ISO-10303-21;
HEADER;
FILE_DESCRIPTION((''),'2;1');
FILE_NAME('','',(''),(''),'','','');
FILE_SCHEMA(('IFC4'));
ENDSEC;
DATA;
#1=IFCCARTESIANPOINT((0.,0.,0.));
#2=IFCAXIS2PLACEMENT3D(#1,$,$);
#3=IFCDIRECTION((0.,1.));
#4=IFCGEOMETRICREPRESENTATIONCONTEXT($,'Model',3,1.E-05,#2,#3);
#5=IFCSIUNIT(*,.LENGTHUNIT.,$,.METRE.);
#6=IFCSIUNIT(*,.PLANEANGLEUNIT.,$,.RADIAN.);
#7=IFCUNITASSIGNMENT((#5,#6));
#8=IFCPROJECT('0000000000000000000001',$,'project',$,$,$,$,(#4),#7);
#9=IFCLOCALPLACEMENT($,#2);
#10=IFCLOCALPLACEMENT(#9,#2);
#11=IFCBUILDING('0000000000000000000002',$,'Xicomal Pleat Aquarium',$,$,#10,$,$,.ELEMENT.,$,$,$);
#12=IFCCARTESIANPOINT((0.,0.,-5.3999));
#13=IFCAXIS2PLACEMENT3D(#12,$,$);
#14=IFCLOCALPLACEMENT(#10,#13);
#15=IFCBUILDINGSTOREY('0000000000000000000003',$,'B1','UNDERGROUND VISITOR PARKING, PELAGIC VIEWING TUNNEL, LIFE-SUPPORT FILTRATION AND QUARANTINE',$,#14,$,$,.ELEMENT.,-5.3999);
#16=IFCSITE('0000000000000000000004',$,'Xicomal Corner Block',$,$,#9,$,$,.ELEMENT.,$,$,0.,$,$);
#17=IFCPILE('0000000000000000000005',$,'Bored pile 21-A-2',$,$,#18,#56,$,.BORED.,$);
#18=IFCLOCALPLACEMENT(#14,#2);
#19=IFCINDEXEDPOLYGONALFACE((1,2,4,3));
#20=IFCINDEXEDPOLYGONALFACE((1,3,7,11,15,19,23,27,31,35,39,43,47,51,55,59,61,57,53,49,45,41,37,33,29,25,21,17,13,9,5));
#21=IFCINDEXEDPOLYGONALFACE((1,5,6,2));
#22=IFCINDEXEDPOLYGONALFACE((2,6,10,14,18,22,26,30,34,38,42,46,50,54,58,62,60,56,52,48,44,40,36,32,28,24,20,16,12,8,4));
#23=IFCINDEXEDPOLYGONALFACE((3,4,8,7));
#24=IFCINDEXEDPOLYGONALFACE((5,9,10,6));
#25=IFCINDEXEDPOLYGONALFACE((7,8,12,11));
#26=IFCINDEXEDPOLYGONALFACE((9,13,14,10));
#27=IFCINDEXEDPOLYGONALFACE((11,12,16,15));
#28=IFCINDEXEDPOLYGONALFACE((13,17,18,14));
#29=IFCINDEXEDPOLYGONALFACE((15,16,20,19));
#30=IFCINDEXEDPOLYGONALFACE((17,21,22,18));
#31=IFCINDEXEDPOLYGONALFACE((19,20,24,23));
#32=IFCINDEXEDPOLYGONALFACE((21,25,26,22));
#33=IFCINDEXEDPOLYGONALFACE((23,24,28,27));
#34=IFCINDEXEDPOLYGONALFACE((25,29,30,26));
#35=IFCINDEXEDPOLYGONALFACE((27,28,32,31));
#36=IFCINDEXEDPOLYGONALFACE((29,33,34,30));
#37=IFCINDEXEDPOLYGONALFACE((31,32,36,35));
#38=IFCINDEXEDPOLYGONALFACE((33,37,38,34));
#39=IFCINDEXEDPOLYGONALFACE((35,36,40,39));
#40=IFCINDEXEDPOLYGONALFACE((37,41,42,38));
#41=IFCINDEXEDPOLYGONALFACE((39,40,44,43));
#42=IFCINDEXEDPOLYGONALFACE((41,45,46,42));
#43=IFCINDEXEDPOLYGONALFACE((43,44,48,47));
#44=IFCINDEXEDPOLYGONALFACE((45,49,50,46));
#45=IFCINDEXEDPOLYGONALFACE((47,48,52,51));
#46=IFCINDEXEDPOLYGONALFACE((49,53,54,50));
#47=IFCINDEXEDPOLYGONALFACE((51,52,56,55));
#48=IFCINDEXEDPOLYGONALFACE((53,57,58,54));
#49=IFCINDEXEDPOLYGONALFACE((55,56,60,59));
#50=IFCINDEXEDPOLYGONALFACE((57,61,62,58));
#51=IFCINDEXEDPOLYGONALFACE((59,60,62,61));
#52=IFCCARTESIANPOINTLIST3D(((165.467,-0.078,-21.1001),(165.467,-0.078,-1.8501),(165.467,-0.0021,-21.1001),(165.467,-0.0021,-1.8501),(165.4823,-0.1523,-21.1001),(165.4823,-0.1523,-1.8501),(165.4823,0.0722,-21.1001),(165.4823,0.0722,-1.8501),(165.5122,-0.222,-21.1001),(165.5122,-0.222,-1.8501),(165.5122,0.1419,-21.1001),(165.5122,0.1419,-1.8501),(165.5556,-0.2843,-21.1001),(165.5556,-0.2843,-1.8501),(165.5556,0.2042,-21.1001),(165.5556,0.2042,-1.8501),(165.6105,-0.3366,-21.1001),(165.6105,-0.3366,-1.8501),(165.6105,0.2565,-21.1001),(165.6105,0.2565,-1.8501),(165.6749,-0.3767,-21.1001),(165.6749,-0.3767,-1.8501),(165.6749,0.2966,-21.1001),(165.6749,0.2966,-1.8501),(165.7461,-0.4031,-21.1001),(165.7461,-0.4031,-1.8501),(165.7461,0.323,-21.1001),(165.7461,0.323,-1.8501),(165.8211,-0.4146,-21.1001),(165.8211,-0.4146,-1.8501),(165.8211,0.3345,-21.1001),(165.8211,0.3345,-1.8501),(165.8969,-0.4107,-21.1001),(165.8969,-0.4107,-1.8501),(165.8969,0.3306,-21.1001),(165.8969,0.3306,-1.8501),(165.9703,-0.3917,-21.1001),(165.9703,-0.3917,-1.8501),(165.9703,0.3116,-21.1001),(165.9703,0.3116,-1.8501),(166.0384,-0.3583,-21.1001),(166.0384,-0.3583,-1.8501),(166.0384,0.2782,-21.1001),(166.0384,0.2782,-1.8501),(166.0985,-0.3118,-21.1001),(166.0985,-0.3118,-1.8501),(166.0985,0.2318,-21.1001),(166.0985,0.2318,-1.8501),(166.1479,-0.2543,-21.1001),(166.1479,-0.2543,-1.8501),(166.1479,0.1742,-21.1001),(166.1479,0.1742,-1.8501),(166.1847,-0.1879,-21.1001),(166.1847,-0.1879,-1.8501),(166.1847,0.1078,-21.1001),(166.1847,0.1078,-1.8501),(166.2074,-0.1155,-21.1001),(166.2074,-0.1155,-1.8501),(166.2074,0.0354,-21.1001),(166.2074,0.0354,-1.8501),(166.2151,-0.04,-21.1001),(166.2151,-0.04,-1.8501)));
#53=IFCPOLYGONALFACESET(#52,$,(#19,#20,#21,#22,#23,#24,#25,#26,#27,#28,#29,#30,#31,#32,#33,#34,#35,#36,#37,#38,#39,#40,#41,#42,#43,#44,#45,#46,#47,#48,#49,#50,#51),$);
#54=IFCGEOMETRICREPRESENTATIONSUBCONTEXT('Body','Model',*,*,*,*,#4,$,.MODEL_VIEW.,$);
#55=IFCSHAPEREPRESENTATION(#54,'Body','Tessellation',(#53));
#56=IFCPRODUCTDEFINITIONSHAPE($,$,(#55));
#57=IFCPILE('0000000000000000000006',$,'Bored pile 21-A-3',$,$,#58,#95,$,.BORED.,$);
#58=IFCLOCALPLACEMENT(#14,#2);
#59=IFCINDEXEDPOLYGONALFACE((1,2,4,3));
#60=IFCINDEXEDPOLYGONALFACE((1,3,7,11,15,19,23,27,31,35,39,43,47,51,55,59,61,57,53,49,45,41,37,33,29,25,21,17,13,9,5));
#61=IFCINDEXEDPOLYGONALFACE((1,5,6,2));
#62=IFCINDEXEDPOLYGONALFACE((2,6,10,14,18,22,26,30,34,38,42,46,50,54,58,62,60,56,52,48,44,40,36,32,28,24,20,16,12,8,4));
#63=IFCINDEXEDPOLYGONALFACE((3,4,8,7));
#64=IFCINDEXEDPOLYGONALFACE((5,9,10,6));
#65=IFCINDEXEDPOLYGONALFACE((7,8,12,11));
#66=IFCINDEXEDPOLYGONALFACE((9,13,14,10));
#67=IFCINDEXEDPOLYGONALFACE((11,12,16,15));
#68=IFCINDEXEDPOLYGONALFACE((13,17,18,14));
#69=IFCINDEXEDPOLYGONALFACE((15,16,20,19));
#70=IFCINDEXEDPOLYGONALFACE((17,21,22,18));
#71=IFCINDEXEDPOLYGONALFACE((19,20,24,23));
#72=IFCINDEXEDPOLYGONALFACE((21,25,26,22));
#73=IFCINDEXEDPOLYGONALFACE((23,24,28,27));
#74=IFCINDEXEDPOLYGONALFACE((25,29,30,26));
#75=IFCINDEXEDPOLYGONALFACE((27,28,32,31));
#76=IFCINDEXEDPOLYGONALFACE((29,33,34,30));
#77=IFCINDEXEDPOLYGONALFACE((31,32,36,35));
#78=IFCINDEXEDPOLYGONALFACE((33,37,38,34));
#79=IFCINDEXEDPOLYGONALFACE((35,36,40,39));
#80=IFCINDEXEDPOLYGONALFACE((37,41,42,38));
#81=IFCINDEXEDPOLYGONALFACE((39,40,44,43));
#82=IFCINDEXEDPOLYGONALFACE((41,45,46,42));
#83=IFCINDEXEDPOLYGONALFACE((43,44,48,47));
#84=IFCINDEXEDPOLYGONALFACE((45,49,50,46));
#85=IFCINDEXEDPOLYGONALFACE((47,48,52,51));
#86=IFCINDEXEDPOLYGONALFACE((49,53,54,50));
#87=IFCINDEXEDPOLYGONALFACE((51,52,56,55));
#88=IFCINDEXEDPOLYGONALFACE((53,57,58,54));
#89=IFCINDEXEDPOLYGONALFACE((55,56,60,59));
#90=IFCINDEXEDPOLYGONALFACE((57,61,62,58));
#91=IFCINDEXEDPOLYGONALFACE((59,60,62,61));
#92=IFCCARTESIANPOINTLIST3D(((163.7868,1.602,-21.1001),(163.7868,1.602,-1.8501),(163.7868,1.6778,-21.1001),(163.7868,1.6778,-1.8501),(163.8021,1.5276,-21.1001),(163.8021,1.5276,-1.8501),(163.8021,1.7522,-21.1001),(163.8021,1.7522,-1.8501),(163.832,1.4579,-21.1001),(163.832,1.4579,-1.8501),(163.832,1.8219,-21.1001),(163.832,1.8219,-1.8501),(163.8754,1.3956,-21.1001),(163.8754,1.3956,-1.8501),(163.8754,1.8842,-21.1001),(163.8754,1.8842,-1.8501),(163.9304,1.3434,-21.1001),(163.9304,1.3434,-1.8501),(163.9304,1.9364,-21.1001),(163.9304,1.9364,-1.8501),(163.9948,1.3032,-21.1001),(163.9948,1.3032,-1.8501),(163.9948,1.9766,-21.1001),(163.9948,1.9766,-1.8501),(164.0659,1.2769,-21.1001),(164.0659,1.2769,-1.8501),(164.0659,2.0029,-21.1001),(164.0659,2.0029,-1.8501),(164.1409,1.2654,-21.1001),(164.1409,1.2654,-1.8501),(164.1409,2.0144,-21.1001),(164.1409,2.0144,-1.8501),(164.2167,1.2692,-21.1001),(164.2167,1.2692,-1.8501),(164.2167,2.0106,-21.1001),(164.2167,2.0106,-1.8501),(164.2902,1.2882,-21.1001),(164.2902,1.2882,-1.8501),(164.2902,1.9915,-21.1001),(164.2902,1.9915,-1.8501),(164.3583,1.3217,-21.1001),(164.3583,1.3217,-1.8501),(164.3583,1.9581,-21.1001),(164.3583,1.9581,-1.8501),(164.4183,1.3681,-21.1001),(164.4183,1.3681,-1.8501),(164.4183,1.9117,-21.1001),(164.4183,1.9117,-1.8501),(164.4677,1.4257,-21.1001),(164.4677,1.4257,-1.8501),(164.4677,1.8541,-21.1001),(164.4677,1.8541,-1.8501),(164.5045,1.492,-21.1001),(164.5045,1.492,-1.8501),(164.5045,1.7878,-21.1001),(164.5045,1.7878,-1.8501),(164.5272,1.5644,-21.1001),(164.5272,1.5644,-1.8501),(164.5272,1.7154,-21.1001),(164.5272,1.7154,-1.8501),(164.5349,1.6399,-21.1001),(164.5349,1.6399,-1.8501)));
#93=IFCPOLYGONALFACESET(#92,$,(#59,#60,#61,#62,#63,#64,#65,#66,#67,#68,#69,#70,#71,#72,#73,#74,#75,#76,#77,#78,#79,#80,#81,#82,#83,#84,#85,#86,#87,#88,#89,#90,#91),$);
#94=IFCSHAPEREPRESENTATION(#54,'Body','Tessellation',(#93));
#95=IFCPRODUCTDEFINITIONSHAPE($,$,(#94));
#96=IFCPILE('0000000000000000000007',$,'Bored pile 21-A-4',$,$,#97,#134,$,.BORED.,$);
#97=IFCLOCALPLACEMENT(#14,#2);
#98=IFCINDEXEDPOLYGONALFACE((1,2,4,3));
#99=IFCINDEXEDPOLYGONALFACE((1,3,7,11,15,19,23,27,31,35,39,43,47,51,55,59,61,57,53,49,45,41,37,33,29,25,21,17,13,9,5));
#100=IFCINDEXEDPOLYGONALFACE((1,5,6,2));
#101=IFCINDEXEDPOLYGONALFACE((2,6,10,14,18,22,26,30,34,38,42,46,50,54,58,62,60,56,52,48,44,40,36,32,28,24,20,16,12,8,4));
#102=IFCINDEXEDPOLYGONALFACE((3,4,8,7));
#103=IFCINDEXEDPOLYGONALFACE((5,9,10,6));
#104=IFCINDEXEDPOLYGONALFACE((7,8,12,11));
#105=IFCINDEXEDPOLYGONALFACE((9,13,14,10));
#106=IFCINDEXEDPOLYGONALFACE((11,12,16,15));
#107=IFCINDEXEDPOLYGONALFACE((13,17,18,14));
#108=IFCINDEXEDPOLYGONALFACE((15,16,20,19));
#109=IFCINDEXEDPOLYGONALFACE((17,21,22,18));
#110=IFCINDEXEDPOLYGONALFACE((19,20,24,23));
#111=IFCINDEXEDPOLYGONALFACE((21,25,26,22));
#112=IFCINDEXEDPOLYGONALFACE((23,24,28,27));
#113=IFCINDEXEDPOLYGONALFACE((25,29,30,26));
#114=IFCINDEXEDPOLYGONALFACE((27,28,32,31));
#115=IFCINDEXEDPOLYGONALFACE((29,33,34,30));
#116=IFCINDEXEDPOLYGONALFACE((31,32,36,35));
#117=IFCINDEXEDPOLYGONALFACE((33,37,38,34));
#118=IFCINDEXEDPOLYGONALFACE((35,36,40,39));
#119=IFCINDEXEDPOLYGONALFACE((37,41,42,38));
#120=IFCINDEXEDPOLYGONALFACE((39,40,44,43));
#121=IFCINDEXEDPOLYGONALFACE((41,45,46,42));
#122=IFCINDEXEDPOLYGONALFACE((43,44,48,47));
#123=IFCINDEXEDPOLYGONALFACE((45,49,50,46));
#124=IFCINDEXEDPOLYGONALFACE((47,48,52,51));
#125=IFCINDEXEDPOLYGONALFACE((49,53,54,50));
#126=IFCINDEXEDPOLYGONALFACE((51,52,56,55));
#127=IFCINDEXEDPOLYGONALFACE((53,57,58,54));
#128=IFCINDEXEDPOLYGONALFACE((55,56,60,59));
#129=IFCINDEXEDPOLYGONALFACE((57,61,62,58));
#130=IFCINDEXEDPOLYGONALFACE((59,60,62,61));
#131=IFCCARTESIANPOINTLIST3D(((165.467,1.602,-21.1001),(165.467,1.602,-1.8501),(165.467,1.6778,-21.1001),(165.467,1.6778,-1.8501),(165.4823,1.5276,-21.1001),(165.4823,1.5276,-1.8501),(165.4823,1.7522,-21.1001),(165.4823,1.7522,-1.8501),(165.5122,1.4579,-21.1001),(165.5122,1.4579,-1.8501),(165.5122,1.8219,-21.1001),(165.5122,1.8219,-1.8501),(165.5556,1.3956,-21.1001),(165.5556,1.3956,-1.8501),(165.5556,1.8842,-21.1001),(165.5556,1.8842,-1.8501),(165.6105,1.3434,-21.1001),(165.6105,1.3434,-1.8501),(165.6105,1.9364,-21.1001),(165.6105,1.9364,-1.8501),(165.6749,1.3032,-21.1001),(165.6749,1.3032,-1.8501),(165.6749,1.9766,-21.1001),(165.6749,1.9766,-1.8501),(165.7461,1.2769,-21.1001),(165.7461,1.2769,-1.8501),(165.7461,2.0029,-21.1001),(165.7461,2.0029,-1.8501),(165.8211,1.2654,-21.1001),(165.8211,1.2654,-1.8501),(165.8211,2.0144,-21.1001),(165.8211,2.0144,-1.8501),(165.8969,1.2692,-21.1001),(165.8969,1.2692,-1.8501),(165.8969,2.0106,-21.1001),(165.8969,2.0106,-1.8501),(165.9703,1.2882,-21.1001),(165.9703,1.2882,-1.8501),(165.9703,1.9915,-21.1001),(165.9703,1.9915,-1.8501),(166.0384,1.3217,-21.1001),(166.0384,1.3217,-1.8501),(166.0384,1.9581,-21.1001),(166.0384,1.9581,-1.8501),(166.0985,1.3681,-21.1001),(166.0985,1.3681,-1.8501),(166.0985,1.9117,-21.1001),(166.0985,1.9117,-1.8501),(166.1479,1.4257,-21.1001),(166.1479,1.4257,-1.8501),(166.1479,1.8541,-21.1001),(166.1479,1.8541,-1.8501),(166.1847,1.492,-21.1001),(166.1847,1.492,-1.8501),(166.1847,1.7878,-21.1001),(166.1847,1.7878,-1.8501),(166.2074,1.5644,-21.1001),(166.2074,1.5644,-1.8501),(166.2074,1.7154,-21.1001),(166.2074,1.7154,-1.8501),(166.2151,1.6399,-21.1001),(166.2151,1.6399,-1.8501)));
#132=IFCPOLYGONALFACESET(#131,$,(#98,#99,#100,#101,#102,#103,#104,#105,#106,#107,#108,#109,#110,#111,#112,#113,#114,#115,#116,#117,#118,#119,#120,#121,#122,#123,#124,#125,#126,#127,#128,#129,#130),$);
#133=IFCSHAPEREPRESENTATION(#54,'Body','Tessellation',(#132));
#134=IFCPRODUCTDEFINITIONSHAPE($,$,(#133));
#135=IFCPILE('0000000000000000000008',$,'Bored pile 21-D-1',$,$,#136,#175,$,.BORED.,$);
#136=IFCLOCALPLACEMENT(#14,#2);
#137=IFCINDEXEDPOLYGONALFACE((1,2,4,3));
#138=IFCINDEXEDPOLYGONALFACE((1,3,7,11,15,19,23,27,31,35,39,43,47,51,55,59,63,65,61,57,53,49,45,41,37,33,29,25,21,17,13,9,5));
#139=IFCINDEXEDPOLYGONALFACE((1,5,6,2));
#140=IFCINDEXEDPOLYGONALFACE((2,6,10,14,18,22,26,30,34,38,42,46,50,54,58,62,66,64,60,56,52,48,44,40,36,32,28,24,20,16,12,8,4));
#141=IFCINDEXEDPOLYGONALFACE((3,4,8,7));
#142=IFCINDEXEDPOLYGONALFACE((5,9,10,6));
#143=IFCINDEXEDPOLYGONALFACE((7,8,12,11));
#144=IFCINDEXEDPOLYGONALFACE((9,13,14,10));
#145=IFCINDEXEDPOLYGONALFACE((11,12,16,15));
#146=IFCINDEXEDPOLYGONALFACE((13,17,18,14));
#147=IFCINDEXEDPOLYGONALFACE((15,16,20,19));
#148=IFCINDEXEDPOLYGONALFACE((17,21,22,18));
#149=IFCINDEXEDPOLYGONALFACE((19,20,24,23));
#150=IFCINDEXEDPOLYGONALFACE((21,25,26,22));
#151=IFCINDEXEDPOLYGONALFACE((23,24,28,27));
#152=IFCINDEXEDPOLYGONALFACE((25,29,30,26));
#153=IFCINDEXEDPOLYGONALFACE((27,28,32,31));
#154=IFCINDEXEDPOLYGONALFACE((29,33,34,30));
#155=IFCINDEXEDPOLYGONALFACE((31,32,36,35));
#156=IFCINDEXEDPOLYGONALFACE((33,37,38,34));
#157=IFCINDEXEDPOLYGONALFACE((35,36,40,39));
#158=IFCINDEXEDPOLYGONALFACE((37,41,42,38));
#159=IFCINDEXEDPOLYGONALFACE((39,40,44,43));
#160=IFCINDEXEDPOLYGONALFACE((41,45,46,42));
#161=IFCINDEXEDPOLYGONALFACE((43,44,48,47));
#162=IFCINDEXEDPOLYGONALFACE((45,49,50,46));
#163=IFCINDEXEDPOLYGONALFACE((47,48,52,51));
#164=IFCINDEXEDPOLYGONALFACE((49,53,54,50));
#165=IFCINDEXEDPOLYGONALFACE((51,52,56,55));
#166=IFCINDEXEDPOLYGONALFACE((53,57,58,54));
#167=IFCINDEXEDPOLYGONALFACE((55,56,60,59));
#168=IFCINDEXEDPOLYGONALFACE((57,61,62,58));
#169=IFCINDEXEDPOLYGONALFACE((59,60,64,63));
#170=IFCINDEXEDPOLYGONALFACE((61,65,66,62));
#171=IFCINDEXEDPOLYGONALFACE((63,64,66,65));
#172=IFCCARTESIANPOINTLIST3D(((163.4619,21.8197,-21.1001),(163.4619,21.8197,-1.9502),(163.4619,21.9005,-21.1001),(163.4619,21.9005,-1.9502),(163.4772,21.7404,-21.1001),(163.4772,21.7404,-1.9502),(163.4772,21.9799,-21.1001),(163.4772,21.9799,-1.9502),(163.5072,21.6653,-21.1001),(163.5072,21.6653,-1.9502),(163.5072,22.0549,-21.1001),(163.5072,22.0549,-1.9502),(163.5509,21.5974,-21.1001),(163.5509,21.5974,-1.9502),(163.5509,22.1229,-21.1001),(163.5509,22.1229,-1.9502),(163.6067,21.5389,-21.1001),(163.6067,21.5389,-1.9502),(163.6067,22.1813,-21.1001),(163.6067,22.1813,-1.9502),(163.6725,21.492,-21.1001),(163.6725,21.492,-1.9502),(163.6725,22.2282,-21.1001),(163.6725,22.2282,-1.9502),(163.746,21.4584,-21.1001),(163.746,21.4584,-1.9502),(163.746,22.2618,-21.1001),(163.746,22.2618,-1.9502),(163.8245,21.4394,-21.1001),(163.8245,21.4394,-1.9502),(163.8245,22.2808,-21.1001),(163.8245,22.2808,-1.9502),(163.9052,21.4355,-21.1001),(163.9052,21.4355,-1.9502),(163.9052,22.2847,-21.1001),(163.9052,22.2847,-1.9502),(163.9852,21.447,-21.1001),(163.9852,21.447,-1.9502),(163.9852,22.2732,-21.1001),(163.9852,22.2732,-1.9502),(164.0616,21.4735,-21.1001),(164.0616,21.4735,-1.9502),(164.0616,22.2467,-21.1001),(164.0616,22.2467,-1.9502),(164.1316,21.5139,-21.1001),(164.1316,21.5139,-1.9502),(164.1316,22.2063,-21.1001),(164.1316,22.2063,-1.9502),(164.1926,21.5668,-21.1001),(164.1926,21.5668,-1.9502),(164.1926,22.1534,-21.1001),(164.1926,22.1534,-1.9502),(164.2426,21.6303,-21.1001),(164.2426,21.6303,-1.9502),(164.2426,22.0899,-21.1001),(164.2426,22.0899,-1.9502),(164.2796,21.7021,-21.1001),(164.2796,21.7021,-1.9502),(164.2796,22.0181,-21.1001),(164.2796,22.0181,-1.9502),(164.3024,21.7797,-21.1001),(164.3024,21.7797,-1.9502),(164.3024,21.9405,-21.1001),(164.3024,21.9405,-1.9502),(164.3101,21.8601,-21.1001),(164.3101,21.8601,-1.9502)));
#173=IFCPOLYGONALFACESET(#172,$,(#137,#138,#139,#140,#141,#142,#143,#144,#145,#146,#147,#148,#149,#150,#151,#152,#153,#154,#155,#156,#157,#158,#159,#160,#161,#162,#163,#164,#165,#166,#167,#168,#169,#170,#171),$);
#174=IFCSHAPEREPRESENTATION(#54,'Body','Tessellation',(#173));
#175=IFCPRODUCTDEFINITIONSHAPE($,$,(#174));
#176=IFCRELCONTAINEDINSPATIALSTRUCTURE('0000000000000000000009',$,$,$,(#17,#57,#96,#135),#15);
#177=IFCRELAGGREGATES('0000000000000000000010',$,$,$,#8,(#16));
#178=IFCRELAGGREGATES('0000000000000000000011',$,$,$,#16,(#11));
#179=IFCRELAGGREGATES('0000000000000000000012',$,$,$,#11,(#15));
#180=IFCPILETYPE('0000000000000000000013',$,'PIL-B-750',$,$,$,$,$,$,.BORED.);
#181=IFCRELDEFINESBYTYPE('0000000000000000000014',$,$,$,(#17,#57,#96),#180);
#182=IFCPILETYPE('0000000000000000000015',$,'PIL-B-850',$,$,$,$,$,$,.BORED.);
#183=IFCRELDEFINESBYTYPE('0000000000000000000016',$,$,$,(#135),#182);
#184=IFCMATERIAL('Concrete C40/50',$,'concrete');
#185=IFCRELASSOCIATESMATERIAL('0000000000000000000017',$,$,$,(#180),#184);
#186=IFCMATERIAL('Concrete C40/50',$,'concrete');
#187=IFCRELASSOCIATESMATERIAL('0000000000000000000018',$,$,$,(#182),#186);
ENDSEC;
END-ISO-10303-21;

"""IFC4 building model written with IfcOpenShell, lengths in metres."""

from ifc_helpers import new_model, si_unit, direction, frame, origin, origin_2d, place, context, subcontext, project, spatial, circle, extrude, material, material_profile, profile_set, type_object, element, save


model = new_model("IFC4")

# Units and contexts
model_context = context("Model", 3, precision=1e-05, world=origin(), true_north=direction((0.0, 1.0)))
body_context = subcontext(model_context, "Body", "Model", "MODEL_VIEW")
ifc_project = project(units=[si_unit("LENGTHUNIT", "METRE"), si_unit("PLANEANGLEUNIT", "RADIAN")], contexts=[model_context])

# Site, building, storey
site_placement = place(None, origin())
site = spatial("IfcSite", under=ifc_project, at=site_placement, Name="Xicomal Corner Block", CompositionType="ELEMENT", RefElevation=0.0)
building_placement = place(site_placement, origin())
building = spatial("IfcBuilding", under=site, at=building_placement, Name="Xicomal Pleat Aquarium", CompositionType="ELEMENT")
storey_placement = place(building_placement, frame((0.0, 0.0, -5.3999)))
storey = spatial("IfcBuildingStorey", under=building, at=storey_placement, Name="B1", Description="UNDERGROUND VISITOR PARKING, PELAGIC VIEWING TUNNEL, LIFE-SUPPORT FILTRATION AND QUARANTINE", CompositionType="ELEMENT", Elevation=-5.3999)

# Piles
ifc_material_1 = material(Name="Concrete C40/50", Category="concrete")
ifc_material_profile_1 = material_profile(ifc_material_1, circle(Radius=0.375, at=origin_2d()), Name="BORED PILE D750")
ifc_profile_set_1 = profile_set([ifc_material_profile_1], Name="Concrete C40/50")
pile_type_1 = type_object("IfcPileType", Name="PIL-B-750", PredefinedType="BORED", material=ifc_profile_set_1)
for number, where, z_axis, x_axis, name in (
    (1, (165.8401, -0.04, -1.8501), (0.0, 0.0, -1.0), (1.0, 0.0, 0.0), "Bored pile 21-A-2"),
    (2, (164.1599, 1.6399, -1.8501), (0.0, 0.0, -1.0), (1.0, 0.0, 0.0), "Bored pile 21-A-3"),
    (3, (165.8401, 1.6399, -1.8501), (0.0, 0.0, -1.0), (1.0, 0.0, 0.0), "Bored pile 21-A-4"),
):
    element("IfcPile", number, at=place(storey_placement, frame(where, z_axis=z_axis, x_axis=x_axis)), inside=storey, type_object=pile_type_1, Name=name, PredefinedType="BORED", context=body_context, shape_type="SweptSolid", body=[
        extrude(circle(Radius=0.375, at=origin_2d()), origin(), (0.0, 0.0, 1.0), 19.25),
    ])
ifc_material_2 = material(Name="Concrete C40/50", Category="concrete")
ifc_material_profile_2 = material_profile(ifc_material_2, circle(Radius=0.425, at=origin_2d()), Name="BORED PILE D850")
ifc_profile_set_2 = profile_set([ifc_material_profile_2], Name="Concrete C40/50")
pile_type_2 = type_object("IfcPileType", Name="PIL-B-850", PredefinedType="BORED", material=ifc_profile_set_2)
for number, where, z_axis, x_axis, name in (
    (4, (163.885, 21.8601, -1.9502), (0.0, 0.0, -1.0), (1.0, 0.0, 0.0), "Bored pile 21-D-1"),
):
    element("IfcPile", number, at=place(storey_placement, frame(where, z_axis=z_axis, x_axis=x_axis)), inside=storey, type_object=pile_type_2, Name=name, PredefinedType="BORED", context=body_context, shape_type="SweptSolid", body=[
        extrude(circle(Radius=0.425, at=origin_2d()), origin(), (0.0, 0.0, 1.0), 19.1499),
    ])

save(model, "model.ifc")
